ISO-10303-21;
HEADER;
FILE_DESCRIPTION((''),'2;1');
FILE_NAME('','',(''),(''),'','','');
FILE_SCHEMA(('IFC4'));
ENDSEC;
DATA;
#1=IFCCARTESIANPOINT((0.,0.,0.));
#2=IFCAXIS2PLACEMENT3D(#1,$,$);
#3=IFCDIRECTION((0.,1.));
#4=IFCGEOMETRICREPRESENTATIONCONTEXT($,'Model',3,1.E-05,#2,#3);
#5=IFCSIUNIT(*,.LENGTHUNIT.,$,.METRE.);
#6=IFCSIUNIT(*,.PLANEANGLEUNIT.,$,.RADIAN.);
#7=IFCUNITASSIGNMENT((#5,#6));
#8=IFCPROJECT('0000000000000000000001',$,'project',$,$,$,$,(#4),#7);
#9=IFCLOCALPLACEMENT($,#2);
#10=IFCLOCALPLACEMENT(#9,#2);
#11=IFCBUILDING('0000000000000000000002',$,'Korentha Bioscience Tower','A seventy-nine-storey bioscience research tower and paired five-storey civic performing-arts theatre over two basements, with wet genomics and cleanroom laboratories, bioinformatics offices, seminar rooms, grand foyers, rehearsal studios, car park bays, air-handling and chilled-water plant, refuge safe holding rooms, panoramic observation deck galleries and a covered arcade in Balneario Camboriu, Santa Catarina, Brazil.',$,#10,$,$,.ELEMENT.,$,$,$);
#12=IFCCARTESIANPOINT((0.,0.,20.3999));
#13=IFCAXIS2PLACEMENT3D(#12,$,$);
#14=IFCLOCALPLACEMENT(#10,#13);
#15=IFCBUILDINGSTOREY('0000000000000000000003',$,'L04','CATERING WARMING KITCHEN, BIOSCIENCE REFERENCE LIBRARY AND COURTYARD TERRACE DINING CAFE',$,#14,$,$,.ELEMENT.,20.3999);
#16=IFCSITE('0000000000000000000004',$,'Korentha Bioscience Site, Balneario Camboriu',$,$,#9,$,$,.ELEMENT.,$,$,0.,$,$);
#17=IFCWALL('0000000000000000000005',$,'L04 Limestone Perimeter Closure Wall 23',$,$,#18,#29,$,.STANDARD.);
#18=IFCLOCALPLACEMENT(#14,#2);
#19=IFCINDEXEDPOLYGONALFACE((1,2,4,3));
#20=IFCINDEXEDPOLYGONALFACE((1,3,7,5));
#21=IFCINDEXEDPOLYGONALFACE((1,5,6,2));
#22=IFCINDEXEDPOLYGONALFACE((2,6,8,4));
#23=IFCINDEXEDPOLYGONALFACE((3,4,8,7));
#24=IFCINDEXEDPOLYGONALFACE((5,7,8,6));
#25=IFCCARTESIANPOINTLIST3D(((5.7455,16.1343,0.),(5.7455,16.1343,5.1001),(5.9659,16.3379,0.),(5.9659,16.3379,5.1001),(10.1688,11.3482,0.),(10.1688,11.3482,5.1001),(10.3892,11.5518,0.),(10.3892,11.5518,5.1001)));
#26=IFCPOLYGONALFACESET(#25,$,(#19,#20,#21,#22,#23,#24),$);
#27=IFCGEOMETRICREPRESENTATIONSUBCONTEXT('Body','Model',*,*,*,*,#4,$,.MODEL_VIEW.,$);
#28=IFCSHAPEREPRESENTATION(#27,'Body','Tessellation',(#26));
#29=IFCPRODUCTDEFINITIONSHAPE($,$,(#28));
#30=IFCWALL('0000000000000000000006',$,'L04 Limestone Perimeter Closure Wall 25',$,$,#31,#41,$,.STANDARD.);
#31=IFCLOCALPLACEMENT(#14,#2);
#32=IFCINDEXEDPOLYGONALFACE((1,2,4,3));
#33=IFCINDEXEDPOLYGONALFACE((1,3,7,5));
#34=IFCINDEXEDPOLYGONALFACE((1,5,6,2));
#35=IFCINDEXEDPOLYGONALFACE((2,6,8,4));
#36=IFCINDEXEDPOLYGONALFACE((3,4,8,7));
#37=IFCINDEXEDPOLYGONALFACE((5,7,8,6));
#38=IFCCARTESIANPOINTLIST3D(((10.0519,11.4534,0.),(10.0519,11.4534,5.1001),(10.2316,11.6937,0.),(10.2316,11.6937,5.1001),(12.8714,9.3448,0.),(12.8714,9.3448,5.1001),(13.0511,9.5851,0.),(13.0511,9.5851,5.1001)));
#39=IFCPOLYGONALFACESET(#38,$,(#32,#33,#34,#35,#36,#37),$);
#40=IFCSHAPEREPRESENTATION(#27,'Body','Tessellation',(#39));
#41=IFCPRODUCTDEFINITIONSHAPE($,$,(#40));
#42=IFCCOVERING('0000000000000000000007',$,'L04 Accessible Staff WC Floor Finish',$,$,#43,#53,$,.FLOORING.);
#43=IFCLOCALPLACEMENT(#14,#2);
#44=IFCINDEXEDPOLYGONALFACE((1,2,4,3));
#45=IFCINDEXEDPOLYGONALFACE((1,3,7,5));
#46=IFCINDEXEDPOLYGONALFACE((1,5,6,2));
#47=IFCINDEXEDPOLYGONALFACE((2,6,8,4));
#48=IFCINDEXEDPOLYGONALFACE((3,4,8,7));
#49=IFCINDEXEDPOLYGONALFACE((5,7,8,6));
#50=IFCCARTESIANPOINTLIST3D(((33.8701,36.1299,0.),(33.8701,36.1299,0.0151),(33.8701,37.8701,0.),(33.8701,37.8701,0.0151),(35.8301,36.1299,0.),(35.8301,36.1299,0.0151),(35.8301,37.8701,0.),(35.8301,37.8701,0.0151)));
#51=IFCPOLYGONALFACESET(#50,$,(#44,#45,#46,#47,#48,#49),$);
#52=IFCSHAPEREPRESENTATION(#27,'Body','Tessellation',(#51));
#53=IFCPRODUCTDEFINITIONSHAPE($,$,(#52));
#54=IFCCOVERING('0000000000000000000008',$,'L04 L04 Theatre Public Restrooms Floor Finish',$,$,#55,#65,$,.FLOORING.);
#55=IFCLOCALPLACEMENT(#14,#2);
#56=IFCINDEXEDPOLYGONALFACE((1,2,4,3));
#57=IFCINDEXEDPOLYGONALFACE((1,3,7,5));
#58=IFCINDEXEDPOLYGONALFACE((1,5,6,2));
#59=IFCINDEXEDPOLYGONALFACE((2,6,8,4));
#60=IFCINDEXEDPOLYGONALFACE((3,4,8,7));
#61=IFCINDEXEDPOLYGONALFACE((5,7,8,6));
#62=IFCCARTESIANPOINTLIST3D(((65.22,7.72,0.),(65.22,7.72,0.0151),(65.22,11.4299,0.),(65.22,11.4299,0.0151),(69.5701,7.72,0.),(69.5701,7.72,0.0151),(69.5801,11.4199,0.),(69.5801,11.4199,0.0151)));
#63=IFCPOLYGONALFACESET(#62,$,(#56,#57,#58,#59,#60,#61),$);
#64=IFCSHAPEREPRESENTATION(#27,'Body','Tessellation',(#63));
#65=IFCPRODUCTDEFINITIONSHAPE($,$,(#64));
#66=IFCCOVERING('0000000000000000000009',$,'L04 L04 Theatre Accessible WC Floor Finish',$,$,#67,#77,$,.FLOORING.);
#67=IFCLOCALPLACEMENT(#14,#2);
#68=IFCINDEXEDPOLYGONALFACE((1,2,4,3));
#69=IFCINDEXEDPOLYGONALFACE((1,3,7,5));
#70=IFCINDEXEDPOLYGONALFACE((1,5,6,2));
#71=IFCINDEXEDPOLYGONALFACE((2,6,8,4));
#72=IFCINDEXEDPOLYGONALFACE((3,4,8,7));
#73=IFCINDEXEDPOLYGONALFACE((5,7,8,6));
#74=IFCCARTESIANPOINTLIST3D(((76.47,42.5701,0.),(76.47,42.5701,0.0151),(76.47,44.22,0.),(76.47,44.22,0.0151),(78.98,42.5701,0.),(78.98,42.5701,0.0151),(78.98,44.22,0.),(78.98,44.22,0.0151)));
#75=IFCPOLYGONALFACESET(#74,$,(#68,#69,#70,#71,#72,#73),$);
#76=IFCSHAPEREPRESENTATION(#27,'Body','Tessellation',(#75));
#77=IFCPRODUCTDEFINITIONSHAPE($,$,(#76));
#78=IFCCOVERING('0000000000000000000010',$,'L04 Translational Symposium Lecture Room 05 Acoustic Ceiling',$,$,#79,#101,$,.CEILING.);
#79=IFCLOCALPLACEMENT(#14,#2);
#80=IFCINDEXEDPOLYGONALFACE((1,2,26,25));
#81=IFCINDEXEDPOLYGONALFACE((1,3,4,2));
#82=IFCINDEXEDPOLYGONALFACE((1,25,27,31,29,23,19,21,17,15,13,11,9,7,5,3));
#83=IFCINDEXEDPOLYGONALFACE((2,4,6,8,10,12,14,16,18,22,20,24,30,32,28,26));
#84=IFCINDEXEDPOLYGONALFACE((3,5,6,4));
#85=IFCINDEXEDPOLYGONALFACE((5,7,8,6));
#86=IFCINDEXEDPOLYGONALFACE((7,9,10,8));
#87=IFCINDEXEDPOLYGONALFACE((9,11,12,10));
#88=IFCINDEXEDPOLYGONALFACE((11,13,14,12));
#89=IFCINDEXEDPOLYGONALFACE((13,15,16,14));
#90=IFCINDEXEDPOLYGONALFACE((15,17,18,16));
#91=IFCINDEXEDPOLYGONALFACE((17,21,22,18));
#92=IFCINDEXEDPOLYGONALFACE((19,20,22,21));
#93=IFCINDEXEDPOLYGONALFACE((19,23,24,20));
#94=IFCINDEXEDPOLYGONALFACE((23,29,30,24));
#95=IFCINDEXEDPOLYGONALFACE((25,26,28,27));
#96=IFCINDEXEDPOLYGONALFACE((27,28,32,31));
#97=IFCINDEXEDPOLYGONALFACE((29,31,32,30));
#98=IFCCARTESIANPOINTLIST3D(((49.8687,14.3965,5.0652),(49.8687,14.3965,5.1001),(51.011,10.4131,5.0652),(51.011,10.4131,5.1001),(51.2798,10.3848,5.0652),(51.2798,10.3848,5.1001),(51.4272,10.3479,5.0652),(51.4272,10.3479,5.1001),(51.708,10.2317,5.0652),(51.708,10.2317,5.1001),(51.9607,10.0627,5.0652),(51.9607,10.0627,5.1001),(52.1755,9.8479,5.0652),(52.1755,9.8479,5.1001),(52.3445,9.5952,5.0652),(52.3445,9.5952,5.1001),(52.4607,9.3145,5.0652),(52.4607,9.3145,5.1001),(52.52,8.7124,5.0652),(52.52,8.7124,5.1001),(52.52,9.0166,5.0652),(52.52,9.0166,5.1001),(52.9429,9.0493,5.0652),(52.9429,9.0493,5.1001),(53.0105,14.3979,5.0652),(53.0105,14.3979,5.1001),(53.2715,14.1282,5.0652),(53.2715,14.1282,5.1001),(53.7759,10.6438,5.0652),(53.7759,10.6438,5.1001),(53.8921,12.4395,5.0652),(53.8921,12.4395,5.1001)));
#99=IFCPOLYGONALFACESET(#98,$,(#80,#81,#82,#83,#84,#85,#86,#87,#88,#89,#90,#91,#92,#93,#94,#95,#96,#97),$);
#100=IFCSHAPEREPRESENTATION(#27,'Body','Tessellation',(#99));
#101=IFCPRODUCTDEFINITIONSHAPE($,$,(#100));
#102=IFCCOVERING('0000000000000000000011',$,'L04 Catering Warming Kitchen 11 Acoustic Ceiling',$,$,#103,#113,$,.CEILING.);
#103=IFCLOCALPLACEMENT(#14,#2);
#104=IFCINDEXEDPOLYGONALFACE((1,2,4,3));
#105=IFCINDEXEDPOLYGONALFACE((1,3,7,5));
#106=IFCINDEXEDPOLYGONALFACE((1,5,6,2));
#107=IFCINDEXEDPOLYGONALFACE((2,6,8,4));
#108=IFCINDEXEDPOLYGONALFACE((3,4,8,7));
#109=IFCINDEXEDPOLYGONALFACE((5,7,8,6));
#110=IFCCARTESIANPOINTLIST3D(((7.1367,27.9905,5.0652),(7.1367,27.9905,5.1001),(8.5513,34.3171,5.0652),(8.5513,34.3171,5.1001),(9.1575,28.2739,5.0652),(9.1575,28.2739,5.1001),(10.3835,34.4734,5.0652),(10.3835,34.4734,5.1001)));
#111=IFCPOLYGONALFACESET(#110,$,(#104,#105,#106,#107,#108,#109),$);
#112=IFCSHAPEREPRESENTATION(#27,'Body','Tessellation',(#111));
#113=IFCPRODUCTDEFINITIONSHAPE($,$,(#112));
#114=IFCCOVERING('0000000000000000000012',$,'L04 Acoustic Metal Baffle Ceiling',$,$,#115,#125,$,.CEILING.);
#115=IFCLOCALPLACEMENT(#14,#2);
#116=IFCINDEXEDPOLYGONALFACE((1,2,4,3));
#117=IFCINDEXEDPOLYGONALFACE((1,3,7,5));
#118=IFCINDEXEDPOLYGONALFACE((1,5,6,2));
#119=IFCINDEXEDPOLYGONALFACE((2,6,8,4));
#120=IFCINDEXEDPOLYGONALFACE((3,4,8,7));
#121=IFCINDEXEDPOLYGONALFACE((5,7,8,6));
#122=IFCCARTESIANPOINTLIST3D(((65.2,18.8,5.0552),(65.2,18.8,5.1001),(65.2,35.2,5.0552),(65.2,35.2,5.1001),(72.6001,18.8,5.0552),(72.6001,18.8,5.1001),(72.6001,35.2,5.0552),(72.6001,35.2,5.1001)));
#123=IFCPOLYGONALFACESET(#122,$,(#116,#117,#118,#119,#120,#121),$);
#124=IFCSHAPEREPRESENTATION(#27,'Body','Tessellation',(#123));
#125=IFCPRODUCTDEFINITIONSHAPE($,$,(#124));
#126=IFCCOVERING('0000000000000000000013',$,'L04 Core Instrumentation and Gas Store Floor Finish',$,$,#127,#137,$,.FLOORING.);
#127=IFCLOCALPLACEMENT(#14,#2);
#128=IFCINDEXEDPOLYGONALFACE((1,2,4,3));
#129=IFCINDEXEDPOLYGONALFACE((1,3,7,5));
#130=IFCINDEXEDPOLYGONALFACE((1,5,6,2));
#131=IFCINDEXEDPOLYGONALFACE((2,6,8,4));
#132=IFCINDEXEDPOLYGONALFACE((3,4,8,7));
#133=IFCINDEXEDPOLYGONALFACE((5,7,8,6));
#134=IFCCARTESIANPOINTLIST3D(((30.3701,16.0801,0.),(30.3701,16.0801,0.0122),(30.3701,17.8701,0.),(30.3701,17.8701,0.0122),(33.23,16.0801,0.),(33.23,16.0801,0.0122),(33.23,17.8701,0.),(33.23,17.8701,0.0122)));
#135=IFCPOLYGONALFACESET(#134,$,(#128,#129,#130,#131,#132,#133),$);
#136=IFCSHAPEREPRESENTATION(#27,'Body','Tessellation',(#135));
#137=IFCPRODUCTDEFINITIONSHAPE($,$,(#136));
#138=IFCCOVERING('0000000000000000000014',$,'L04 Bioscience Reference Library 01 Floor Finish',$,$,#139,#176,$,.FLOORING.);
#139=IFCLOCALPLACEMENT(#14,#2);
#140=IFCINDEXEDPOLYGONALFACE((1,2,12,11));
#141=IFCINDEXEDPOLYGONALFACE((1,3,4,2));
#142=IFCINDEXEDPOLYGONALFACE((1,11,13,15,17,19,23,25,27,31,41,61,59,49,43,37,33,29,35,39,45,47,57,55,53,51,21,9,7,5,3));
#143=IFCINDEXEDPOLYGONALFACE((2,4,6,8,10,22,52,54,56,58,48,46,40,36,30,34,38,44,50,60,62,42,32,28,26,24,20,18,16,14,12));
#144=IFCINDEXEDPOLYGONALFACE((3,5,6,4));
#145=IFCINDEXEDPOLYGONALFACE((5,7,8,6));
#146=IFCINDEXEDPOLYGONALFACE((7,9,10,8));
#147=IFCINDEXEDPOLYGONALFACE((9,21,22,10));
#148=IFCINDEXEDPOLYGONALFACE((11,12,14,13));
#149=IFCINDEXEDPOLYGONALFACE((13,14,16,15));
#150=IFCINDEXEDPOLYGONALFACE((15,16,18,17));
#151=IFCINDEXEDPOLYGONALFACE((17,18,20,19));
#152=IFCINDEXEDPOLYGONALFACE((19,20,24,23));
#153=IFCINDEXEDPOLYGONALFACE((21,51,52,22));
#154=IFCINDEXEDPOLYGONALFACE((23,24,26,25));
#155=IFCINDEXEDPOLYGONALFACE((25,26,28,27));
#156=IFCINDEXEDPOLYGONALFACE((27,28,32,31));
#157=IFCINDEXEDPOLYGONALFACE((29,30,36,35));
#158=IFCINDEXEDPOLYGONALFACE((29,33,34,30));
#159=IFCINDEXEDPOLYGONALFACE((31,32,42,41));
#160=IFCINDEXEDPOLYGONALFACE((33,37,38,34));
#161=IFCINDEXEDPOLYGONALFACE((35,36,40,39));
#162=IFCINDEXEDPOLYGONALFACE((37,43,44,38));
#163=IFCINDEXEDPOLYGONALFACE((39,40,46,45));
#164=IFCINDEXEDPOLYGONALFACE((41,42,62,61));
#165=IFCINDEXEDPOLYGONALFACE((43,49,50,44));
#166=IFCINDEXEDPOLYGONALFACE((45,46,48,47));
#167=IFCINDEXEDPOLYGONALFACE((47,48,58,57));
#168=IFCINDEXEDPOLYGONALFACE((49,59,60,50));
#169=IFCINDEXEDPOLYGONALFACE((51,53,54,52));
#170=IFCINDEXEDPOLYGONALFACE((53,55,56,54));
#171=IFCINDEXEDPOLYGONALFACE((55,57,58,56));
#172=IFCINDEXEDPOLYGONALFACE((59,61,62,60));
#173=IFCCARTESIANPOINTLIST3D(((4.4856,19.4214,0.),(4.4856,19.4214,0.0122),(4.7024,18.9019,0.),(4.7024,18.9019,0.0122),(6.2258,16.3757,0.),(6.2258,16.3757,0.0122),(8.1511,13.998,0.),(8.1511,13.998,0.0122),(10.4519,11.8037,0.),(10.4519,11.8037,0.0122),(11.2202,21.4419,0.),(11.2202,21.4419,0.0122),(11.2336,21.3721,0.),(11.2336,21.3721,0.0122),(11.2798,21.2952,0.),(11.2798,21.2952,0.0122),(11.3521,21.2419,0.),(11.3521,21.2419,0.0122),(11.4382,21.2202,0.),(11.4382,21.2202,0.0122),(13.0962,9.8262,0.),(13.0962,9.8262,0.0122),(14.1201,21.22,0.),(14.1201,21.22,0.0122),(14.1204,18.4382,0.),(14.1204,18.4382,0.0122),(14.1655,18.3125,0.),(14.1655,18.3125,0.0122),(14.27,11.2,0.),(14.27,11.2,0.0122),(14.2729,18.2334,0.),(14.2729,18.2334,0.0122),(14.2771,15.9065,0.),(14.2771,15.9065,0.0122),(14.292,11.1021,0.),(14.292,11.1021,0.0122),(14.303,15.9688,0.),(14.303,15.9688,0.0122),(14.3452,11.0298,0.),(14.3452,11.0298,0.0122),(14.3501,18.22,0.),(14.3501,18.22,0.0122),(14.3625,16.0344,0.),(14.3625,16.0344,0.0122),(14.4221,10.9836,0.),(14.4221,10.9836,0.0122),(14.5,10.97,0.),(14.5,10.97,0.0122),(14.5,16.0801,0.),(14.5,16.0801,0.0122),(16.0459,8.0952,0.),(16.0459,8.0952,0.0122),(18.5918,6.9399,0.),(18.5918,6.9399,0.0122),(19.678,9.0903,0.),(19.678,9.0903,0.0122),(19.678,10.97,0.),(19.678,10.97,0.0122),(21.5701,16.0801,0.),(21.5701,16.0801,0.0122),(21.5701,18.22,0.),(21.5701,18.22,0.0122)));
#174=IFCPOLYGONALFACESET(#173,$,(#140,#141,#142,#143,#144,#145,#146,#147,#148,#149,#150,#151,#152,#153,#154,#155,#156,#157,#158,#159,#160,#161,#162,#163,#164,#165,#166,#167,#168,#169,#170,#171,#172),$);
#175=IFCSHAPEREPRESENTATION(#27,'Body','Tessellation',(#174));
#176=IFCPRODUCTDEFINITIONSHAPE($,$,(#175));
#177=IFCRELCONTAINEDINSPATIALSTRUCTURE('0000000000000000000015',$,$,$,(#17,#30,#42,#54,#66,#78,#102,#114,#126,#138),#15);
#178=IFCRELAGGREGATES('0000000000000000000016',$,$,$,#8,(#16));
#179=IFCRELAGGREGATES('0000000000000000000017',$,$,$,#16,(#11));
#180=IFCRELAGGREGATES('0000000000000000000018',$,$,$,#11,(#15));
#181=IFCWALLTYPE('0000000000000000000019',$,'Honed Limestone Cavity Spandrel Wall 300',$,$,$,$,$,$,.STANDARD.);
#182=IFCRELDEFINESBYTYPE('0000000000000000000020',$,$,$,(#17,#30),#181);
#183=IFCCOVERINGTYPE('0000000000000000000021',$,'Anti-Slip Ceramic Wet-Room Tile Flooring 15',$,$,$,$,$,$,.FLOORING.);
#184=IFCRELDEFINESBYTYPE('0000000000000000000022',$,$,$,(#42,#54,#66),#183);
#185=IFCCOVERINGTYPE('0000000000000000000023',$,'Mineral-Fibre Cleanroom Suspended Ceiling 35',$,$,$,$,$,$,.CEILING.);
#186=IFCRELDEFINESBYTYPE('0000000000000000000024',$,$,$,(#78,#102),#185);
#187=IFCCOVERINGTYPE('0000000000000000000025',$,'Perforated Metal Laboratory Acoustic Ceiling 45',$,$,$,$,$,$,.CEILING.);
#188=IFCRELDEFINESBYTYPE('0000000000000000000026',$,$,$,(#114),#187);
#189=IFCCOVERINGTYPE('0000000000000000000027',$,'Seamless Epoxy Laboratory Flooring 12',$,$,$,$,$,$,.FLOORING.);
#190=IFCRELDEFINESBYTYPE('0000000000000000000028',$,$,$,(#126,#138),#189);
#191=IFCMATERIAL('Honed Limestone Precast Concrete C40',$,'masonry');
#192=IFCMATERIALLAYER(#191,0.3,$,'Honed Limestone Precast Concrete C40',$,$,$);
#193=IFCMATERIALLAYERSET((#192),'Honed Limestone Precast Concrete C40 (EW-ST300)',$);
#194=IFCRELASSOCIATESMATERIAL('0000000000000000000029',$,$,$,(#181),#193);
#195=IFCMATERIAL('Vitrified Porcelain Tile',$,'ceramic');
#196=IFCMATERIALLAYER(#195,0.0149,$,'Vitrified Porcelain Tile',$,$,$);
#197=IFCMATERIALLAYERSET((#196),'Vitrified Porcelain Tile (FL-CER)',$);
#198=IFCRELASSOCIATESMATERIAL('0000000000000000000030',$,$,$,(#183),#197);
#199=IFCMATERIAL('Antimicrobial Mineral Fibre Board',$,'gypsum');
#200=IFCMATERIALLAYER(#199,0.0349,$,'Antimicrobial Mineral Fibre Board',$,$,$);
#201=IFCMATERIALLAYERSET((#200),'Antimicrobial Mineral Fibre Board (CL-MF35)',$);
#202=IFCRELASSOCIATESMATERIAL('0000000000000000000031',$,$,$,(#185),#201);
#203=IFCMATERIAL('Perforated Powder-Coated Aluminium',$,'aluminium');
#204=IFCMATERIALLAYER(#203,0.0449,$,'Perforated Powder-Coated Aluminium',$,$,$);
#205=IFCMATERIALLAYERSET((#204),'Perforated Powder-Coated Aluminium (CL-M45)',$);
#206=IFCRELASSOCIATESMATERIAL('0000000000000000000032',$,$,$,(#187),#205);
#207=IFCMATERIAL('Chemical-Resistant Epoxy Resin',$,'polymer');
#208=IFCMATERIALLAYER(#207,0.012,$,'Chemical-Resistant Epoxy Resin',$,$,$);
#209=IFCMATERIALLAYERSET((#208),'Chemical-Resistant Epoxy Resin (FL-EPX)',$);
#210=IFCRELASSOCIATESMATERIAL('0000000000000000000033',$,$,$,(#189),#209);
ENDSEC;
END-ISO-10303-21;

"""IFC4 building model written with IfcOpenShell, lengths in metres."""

from ifc_helpers import new_model, si_unit, direction, frame, frame_2d, origin, place, context, subcontext, project, spatial, polyline, rectangle, outline, extrude, material, layer, layer_set, type_object, element, save


model = new_model("IFC4")

# Units and contexts
model_context = context("Model", 3, precision=1e-05, world=origin(), true_north=direction((0.0, 1.0)))
body_context = subcontext(model_context, "Body", "Model", "MODEL_VIEW")
ifc_project = project(units=[si_unit("LENGTHUNIT", "METRE"), si_unit("PLANEANGLEUNIT", "RADIAN")], contexts=[model_context])

# Site, building, storey
site_placement = place(None, origin())
site = spatial("IfcSite", under=ifc_project, at=site_placement, Name="Korentha Bioscience Site, Balneario Camboriu", CompositionType="ELEMENT", RefElevation=0.0)
building_placement = place(site_placement, origin())
building = spatial("IfcBuilding", under=site, at=building_placement, Name="Korentha Bioscience Tower", Description="A seventy-nine-storey bioscience research tower and paired five-storey civic performing-arts theatre over two basements, with wet genomics and cleanroom laboratories, bioinformatics offices, seminar rooms, grand foyers, rehearsal studios, car park bays, air-handling and chilled-water plant, refuge safe holding rooms, panoramic observation deck galleries and a covered arcade in Balneario Camboriu, Santa Catarina, Brazil.", CompositionType="ELEMENT")
storey_placement = place(building_placement, frame((0.0, 0.0, 20.3999)))
storey = spatial("IfcBuildingStorey", under=building, at=storey_placement, Name="L04", Description="CATERING WARMING KITCHEN, BIOSCIENCE REFERENCE LIBRARY AND COURTYARD TERRACE DINING CAFE", CompositionType="ELEMENT", Elevation=20.3999)

# Walls
ifc_material_1 = material(Name="Honed Limestone Precast Concrete C40", Category="masonry")
ifc_layer_1 = layer(ifc_material_1, 0.3, Name="Honed Limestone Precast Concrete C40")
ifc_layer_set_1 = layer_set([ifc_layer_1], Name="Honed Limestone Precast Concrete C40 (EW-ST300)")
wall_type_1 = type_object("IfcWallType", Name="Honed Limestone Cavity Spandrel Wall 300", PredefinedType="STANDARD", material=ifc_layer_set_1)
wall_1_placement = place(storey_placement, frame((5.8557, 16.2361, 0.0), z_axis=(0.0, 0.0, 1.0), x_axis=(0.678725, -0.734393, 0.0)))
element("IfcWall", 1, at=wall_1_placement, inside=storey, type_object=wall_type_1, Name="L04 Limestone Perimeter Closure Wall 23", PredefinedType="STANDARD", context=body_context, shape_type="SweptSolid", body=[
    extrude(rectangle(XDim=6.5171, YDim=0.3, at=frame_2d((3.2585, 0.0))), origin(), (0.0, 0.0, 1.0), 5.1001),
])
wall_2_placement = place(storey_placement, frame((10.1418, 11.5735, 0.0), z_axis=(0.0, 0.0, 1.0), x_axis=(0.800823, -0.598901, 0.0)))
element("IfcWall", 2, at=wall_2_placement, inside=storey, type_object=wall_type_1, Name="L04 Limestone Perimeter Closure Wall 25", PredefinedType="STANDARD", context=body_context, shape_type="SweptSolid", body=[
    extrude(rectangle(XDim=3.5208, YDim=0.3, at=frame_2d((1.7603, 0.0))), origin(), (0.0, 0.0, 1.0), 5.1001),
])

# Coverings
ifc_material_2 = material(Name="Vitrified Porcelain Tile", Category="ceramic")
ifc_layer_2 = layer(ifc_material_2, 0.0149, Name="Vitrified Porcelain Tile")
ifc_layer_set_2 = layer_set([ifc_layer_2], Name="Vitrified Porcelain Tile (FL-CER)")
covering_type_1 = type_object("IfcCoveringType", Name="Anti-Slip Ceramic Wet-Room Tile Flooring 15", PredefinedType="FLOORING", material=ifc_layer_set_2)
covering_1_placement = place(storey_placement, origin())
element("IfcCovering", 3, at=covering_1_placement, inside=storey, type_object=covering_type_1, Name="L04 Accessible Staff WC Floor Finish", PredefinedType="FLOORING", context=body_context, shape_type="SweptSolid", body=[
    extrude(outline(polyline([(33.8701, 36.1299), (33.8701, 37.8701), (35.8301, 37.8701), (35.8301, 36.1299), (33.8701, 36.1299)])), origin(), (0.0, 0.0, 1.0), 0.0151),
])
covering_2_placement = place(storey_placement, origin())
element("IfcCovering", 4, at=covering_2_placement, inside=storey, type_object=covering_type_1, Name="L04 L04 Theatre Public Restrooms Floor Finish", PredefinedType="FLOORING", context=body_context, shape_type="SweptSolid", body=[
    extrude(outline(polyline([(65.22, 11.4299), (69.5801, 11.4199), (69.5701, 7.72), (65.22, 7.72), (65.22, 11.4299)])), origin(), (0.0, 0.0, 1.0), 0.0151),
])
covering_3_placement = place(storey_placement, origin())
element("IfcCovering", 5, at=covering_3_placement, inside=storey, type_object=covering_type_1, Name="L04 L04 Theatre Accessible WC Floor Finish", PredefinedType="FLOORING", context=body_context, shape_type="SweptSolid", body=[
    extrude(outline(polyline([(76.47, 42.5701), (76.47, 44.22), (78.98, 44.22), (78.98, 42.5701), (76.47, 42.5701)])), origin(), (0.0, 0.0, 1.0), 0.0151),
])
ifc_material_3 = material(Name="Antimicrobial Mineral Fibre Board", Category="gypsum")
ifc_layer_3 = layer(ifc_material_3, 0.0349, Name="Antimicrobial Mineral Fibre Board")
ifc_layer_set_3 = layer_set([ifc_layer_3], Name="Antimicrobial Mineral Fibre Board (CL-MF35)")
covering_type_2 = type_object("IfcCoveringType", Name="Mineral-Fibre Cleanroom Suspended Ceiling 35", PredefinedType="CEILING", material=ifc_layer_set_3)
covering_4_placement = place(storey_placement, frame((0.0, 0.0, 5.0652)))
element("IfcCovering", 6, at=covering_4_placement, inside=storey, type_object=covering_type_2, Name="L04 Translational Symposium Lecture Room 05 Acoustic Ceiling", PredefinedType="CEILING", context=body_context, shape_type="SweptSolid", body=[
    extrude(outline(polyline([(53.2715, 14.1282), (53.8921, 12.4395), (53.7759, 10.6438), (52.9429, 9.0493), (52.52, 8.7124), (52.52, 9.0166), (52.4607, 9.3145), (52.3445, 9.5952), (52.1755, 9.8479), (51.9607, 10.0627), (51.708, 10.2317), (51.4272, 10.3479), (51.2798, 10.3848), (51.011, 10.4131), (49.8687, 14.3965), (53.0105, 14.3979), (53.2715, 14.1282)])), origin(), (0.0, 0.0, 1.0), 0.0349),
])
covering_5_placement = place(storey_placement, frame((0.0, 0.0, 5.0652)))
element("IfcCovering", 7, at=covering_5_placement, inside=storey, type_object=covering_type_2, Name="L04 Catering Warming Kitchen 11 Acoustic Ceiling", PredefinedType="CEILING", context=body_context, shape_type="SweptSolid", body=[
    extrude(outline(polyline([(7.1367, 27.9905), (8.5513, 34.3171), (10.3835, 34.4734), (9.1575, 28.2739), (7.1367, 27.9905)])), origin(), (0.0, 0.0, 1.0), 0.0349),
])
ifc_material_4 = material(Name="Perforated Powder-Coated Aluminium", Category="aluminium")
ifc_layer_4 = layer(ifc_material_4, 0.0449, Name="Perforated Powder-Coated Aluminium")
ifc_layer_set_4 = layer_set([ifc_layer_4], Name="Perforated Powder-Coated Aluminium (CL-M45)")
covering_type_3 = type_object("IfcCoveringType", Name="Perforated Metal Laboratory Acoustic Ceiling 45", PredefinedType="CEILING", material=ifc_layer_set_4)
covering_6_placement = place(storey_placement, frame((0.0, 0.0, 5.0552)))
element("IfcCovering", 8, at=covering_6_placement, inside=storey, type_object=covering_type_3, Name="L04 Acoustic Metal Baffle Ceiling", PredefinedType="CEILING", context=body_context, shape_type="SweptSolid", body=[
    extrude(outline(polyline([(65.2, 18.8), (72.6001, 18.8), (72.6001, 35.2), (65.2, 35.2), (65.2, 18.8)])), origin(), (0.0, 0.0, 1.0), 0.0449),
])
ifc_material_5 = material(Name="Chemical-Resistant Epoxy Resin", Category="polymer")
ifc_layer_5 = layer(ifc_material_5, 0.012, Name="Chemical-Resistant Epoxy Resin")
ifc_layer_set_5 = layer_set([ifc_layer_5], Name="Chemical-Resistant Epoxy Resin (FL-EPX)")
covering_type_4 = type_object("IfcCoveringType", Name="Seamless Epoxy Laboratory Flooring 12", PredefinedType="FLOORING", material=ifc_layer_set_5)
covering_7_placement = place(storey_placement, origin())
element("IfcCovering", 9, at=covering_7_placement, inside=storey, type_object=covering_type_4, Name="L04 Core Instrumentation and Gas Store Floor Finish", PredefinedType="FLOORING", context=body_context, shape_type="SweptSolid", body=[
    extrude(outline(polyline([(30.3701, 16.0801), (30.3701, 17.8701), (33.23, 17.8701), (33.23, 16.0801), (30.3701, 16.0801)])), origin(), (0.0, 0.0, 1.0), 0.0122),
])
covering_8_placement = place(storey_placement, origin())
element("IfcCovering", 10, at=covering_8_placement, inside=storey, type_object=covering_type_4, Name="L04 Bioscience Reference Library 01 Floor Finish", PredefinedType="FLOORING", context=body_context, shape_type="SweptSolid", body=[
    extrude(outline(polyline([(11.2202, 21.4419), (11.2336, 21.3721), (11.2798, 21.2952), (11.3521, 21.2419), (11.4382, 21.2202), (14.1201, 21.22), (14.1204, 18.4382), (14.1655, 18.3125), (14.2729, 18.2334), (14.3501, 18.22), (21.5701, 18.22), (21.5701, 16.0801), (14.5, 16.0801), (14.3625, 16.0344), (14.303, 15.9688), (14.2771, 15.9065), (14.27, 11.2), (14.292, 11.1021), (14.3452, 11.0298), (14.4221, 10.9836), (14.5, 10.97), (19.678, 10.97), (19.678, 9.0903), (18.5918, 6.9399), (16.0459, 8.0952), (13.0962, 9.8262), (10.4519, 11.8037), (8.1511, 13.998), (6.2258, 16.3757), (4.7024, 18.9019), (4.4856, 19.4214), (11.2202, 21.4419)])), origin(), (0.0, 0.0, 1.0), 0.0122),
])

save(model, "model.ifc")
